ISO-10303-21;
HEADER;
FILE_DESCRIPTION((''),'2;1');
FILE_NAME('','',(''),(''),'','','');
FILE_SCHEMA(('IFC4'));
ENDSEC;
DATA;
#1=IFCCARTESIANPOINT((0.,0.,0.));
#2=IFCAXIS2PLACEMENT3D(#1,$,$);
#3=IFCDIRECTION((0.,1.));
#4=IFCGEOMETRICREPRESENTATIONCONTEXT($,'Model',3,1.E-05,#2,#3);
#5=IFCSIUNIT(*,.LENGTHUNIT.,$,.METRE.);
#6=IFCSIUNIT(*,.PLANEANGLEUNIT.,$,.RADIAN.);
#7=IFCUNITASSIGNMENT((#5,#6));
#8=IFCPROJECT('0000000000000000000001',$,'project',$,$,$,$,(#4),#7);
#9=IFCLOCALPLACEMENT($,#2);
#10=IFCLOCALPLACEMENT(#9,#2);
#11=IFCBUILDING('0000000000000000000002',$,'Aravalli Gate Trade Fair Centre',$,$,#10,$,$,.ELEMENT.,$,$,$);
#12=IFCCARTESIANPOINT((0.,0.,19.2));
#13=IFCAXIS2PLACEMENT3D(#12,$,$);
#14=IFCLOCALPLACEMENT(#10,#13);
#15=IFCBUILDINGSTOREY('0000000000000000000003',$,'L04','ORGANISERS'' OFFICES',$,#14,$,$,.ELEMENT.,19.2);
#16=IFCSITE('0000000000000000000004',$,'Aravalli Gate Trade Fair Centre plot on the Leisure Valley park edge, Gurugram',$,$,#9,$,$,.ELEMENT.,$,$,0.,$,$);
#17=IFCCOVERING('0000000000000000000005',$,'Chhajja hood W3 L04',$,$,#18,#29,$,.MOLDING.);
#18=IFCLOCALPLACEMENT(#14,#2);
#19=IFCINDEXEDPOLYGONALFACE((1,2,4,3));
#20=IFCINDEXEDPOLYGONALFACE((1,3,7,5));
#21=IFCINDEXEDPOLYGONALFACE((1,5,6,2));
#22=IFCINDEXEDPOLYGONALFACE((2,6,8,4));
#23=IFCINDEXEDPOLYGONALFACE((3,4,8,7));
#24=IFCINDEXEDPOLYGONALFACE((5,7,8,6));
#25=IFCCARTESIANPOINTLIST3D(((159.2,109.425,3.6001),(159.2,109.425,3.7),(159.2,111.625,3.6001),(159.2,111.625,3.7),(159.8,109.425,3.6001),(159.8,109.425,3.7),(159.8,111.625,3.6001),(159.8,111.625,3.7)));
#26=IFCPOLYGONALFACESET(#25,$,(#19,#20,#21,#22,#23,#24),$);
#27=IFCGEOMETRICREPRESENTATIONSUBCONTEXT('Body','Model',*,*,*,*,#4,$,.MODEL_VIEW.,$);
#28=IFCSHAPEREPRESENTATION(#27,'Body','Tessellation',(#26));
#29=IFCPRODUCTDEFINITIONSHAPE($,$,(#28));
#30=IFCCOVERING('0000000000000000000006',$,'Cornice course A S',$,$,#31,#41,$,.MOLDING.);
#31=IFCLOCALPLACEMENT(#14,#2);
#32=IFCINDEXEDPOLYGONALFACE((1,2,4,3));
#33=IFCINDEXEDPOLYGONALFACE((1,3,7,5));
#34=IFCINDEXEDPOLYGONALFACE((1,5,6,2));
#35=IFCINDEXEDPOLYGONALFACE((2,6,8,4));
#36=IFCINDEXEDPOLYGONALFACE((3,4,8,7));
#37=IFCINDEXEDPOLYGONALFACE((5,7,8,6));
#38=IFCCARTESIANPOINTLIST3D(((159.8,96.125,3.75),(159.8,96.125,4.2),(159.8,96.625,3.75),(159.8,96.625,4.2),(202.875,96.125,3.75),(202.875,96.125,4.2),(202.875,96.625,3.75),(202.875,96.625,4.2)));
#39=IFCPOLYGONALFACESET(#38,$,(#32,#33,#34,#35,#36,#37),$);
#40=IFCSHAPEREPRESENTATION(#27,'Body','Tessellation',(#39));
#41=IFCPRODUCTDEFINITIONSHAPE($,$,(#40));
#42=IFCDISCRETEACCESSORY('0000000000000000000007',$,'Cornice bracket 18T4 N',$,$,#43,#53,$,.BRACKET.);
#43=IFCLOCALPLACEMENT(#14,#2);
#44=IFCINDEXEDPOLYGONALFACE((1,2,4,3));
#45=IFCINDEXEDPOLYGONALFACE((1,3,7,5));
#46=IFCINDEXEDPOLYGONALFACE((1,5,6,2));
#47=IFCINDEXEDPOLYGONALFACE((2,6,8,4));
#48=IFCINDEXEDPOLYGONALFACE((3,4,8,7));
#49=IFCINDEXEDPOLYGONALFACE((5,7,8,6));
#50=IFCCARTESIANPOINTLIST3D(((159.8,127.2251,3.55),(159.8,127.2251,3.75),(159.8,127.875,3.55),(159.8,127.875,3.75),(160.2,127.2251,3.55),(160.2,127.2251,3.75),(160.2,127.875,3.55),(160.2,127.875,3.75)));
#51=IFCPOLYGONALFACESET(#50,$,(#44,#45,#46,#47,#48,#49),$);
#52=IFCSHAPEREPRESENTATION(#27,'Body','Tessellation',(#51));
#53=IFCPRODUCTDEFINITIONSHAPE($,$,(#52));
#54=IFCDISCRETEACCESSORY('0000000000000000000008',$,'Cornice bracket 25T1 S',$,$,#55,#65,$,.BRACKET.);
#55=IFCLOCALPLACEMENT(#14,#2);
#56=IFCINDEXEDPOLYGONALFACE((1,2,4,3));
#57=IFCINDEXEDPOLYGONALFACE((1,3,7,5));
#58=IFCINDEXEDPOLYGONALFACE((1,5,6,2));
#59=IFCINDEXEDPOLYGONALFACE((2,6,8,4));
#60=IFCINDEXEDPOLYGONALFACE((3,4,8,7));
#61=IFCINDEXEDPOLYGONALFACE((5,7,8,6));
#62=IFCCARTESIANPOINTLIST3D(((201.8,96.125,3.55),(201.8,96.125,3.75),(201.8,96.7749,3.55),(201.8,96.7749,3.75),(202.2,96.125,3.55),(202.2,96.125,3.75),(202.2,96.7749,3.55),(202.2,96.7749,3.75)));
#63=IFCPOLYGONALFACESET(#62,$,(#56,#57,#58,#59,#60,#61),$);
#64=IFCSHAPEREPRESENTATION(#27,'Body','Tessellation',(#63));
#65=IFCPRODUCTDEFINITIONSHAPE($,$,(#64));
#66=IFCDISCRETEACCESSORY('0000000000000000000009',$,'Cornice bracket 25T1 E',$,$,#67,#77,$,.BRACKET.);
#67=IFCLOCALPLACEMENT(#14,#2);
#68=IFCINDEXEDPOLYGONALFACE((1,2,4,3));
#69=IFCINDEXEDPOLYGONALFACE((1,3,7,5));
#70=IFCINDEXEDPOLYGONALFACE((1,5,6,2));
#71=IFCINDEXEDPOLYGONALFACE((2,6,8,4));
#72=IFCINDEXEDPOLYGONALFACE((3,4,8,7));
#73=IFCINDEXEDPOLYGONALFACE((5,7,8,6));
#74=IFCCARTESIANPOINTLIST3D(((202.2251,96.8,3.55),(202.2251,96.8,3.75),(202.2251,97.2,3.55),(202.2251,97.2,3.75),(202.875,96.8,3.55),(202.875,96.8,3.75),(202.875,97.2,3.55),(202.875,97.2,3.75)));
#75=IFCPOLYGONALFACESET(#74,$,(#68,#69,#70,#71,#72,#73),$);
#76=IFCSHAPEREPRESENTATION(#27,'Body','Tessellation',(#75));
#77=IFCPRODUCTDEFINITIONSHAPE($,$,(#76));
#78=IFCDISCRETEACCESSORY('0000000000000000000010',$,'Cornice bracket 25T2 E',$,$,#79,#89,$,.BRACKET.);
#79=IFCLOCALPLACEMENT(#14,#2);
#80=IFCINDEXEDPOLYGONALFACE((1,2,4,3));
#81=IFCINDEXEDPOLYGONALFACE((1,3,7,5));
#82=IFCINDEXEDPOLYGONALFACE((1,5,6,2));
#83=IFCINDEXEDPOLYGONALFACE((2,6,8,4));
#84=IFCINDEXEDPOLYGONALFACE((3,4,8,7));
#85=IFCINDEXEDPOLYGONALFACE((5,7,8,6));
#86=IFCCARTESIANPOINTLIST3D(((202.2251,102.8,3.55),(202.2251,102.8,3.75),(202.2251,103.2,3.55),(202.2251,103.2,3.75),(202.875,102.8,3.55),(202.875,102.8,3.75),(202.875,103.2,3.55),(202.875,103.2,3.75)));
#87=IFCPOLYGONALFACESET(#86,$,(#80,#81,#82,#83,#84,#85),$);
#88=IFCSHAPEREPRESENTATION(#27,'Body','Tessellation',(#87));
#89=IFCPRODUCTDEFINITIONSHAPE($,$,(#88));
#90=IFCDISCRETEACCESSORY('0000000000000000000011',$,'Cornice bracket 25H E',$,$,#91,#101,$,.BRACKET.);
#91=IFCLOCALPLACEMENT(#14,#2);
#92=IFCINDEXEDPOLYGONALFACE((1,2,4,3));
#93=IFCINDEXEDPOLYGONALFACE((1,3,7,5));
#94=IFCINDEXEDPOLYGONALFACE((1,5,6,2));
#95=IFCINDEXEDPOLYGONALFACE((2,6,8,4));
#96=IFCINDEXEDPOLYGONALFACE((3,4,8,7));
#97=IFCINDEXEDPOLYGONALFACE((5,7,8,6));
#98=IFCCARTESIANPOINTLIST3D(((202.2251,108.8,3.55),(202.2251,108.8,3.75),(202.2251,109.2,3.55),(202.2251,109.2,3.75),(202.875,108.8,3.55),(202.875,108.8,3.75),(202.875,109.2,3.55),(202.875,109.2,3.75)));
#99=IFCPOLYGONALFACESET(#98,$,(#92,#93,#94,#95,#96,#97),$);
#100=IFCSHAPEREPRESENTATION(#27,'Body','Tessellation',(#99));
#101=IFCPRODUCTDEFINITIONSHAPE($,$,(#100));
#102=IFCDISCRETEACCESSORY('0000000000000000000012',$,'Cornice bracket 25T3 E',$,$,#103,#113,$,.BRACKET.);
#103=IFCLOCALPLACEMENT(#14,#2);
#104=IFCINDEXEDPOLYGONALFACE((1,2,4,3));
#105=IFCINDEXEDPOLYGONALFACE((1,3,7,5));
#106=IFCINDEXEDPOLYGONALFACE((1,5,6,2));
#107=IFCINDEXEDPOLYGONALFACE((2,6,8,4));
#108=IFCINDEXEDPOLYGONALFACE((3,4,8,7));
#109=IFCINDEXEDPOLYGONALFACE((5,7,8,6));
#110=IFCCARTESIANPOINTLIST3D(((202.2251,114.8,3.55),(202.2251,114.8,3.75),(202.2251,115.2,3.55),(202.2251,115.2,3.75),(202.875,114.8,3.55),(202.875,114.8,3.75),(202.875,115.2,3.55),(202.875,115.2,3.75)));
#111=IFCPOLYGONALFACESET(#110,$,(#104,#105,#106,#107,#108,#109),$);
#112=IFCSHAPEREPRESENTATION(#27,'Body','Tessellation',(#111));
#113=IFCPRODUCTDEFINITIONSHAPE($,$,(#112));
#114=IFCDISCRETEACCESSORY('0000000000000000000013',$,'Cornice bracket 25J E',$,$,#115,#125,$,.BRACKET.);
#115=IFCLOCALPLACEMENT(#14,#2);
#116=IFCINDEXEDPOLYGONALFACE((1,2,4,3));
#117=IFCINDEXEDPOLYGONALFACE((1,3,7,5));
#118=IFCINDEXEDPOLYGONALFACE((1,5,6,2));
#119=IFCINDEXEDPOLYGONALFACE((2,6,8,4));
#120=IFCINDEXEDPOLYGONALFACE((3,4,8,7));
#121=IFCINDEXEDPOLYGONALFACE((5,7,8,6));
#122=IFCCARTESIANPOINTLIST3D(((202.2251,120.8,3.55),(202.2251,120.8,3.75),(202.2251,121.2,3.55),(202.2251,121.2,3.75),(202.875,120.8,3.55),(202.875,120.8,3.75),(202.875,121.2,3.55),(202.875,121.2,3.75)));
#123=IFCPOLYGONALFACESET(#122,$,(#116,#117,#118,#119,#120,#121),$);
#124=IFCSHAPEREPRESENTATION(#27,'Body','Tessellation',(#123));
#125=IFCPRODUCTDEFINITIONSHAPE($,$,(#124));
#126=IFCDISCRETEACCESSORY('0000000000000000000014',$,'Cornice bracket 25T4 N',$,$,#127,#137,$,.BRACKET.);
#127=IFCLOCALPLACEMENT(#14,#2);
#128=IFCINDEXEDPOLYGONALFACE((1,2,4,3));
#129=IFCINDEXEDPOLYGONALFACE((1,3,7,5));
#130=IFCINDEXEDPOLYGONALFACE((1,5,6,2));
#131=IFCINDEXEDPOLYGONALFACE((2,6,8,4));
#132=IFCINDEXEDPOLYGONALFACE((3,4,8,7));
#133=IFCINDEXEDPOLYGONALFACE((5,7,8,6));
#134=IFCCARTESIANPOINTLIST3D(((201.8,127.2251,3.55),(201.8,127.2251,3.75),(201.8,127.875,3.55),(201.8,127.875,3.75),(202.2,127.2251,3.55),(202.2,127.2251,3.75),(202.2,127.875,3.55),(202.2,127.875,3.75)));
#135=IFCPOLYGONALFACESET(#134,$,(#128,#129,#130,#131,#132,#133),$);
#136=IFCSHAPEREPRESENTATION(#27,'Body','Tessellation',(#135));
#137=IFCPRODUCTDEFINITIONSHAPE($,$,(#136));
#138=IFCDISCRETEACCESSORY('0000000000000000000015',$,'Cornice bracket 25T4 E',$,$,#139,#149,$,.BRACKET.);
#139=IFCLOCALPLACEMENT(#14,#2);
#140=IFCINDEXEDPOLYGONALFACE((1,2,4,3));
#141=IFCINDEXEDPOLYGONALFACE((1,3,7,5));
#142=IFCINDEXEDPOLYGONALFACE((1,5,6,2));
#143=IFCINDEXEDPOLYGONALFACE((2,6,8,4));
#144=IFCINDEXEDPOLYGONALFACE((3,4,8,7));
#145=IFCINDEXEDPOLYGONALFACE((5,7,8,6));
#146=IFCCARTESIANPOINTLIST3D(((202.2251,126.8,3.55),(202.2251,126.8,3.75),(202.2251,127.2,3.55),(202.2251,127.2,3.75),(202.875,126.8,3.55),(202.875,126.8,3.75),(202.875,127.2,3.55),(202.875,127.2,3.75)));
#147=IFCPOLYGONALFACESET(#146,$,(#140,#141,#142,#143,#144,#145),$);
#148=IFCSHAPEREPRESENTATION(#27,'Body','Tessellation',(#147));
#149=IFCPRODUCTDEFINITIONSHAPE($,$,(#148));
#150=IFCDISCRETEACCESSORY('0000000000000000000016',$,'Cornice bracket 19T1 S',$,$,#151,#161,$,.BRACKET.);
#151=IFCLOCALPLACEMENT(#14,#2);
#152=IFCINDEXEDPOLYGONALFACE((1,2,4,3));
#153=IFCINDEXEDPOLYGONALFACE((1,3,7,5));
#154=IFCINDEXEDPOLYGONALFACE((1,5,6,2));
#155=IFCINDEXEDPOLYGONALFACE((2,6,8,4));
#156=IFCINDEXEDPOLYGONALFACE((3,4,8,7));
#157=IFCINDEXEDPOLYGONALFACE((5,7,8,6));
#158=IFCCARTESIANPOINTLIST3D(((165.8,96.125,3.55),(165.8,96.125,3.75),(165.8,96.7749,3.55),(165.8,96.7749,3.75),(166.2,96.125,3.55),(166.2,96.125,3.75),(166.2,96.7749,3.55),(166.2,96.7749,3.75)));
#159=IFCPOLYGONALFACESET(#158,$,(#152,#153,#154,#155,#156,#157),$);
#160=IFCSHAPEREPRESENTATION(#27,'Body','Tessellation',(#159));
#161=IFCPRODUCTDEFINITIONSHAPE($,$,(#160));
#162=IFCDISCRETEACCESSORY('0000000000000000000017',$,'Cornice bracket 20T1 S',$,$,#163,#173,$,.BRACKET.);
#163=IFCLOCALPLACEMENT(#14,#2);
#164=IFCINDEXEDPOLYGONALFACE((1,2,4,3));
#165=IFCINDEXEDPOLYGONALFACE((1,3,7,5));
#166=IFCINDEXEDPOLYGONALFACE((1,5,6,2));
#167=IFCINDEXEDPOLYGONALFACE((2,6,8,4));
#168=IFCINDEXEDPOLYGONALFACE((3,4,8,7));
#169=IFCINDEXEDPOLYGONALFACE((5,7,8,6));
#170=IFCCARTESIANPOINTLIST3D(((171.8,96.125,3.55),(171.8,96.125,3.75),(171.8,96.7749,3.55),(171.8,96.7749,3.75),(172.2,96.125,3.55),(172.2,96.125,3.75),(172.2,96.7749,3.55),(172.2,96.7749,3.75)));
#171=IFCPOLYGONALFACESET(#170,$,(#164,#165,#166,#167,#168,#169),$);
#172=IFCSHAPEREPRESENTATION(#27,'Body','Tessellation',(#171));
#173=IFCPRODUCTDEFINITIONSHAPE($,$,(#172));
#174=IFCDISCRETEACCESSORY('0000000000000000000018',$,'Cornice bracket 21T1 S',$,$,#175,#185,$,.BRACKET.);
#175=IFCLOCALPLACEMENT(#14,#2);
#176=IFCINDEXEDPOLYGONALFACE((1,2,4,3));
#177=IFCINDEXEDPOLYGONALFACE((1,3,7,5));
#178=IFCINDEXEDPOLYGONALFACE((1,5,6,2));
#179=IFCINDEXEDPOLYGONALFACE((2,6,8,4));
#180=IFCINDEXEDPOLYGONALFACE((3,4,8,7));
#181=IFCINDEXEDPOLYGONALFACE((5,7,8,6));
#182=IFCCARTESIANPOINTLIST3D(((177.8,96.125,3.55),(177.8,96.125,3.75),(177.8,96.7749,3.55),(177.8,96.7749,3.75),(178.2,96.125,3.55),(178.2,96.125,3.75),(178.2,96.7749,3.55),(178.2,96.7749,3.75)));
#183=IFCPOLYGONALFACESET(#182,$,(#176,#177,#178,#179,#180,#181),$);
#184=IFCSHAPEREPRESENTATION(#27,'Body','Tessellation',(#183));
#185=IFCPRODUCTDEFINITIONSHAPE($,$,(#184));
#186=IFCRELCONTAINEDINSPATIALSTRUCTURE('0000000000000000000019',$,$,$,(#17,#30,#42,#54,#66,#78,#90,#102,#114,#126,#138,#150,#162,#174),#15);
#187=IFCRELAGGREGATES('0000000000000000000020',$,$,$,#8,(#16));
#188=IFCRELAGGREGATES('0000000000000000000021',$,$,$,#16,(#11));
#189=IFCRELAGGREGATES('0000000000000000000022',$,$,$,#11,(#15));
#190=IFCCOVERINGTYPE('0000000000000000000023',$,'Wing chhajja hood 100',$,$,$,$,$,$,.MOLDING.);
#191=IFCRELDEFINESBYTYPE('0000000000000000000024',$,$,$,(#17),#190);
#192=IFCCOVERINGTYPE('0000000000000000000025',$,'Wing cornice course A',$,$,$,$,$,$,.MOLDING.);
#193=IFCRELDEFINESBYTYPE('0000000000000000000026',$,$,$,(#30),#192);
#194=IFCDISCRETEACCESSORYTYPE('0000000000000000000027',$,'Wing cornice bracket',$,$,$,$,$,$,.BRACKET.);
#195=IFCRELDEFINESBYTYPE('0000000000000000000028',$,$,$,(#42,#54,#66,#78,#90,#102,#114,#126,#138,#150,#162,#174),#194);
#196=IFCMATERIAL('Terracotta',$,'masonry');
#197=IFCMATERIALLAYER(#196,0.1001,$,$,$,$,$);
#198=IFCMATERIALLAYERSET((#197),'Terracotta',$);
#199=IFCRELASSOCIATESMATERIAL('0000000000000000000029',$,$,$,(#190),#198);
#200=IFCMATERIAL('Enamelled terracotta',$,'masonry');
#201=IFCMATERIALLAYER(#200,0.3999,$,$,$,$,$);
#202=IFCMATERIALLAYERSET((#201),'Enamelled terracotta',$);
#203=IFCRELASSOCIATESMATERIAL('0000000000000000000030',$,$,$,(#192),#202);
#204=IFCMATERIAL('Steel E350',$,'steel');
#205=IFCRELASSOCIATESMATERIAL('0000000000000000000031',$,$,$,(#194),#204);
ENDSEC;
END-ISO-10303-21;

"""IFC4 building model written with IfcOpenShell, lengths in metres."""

from ifc_helpers import new_model, si_unit, direction, frame, origin, place, context, subcontext, project, spatial, polyline, outline, extrude, material, layer, layer_set, type_object, element, save


model = new_model("IFC4")

# Units and contexts
model_context = context("Model", 3, precision=1e-05, world=origin(), true_north=direction((0.0, 1.0)))
body_context = subcontext(model_context, "Body", "Model", "MODEL_VIEW")
ifc_project = project(units=[si_unit("LENGTHUNIT", "METRE"), si_unit("PLANEANGLEUNIT", "RADIAN")], contexts=[model_context])

# Site, building, storey
site_placement = place(None, origin())
site = spatial("IfcSite", under=ifc_project, at=site_placement, Name="Aravalli Gate Trade Fair Centre plot on the Leisure Valley park edge, Gurugram", CompositionType="ELEMENT", RefElevation=0.0)
building_placement = place(site_placement, origin())
building = spatial("IfcBuilding", under=site, at=building_placement, Name="Aravalli Gate Trade Fair Centre", CompositionType="ELEMENT")
storey_placement = place(building_placement, frame((0.0, 0.0, 19.2)))
storey = spatial("IfcBuildingStorey", under=building, at=storey_placement, Name="L04", Description="ORGANISERS' OFFICES", CompositionType="ELEMENT", Elevation=19.2)

# Coverings
ifc_material_1 = material(Name="Terracotta", Category="masonry")
ifc_layer_1 = layer(ifc_material_1, 0.1001)
ifc_layer_set_1 = layer_set([ifc_layer_1], Name="Terracotta")
covering_type_1 = type_object("IfcCoveringType", Name="Wing chhajja hood 100", PredefinedType="MOLDING", material=ifc_layer_set_1)
covering_1_placement = place(storey_placement, frame((0.0, 0.0, 3.6001)))
element("IfcCovering", 1, at=covering_1_placement, inside=storey, type_object=covering_type_1, Name="Chhajja hood W3 L04", PredefinedType="MOLDING", context=body_context, shape_type="SweptSolid", body=[
    extrude(outline(polyline([(159.2, 109.425), (159.8, 109.425), (159.8, 111.625), (159.2, 111.625), (159.2, 109.425)])), origin(), (0.0, 0.0, 1.0), 0.0999),
])
ifc_material_2 = material(Name="Enamelled terracotta", Category="masonry")
ifc_layer_2 = layer(ifc_material_2, 0.3999)
ifc_layer_set_2 = layer_set([ifc_layer_2], Name="Enamelled terracotta")
covering_type_2 = type_object("IfcCoveringType", Name="Wing cornice course A", PredefinedType="MOLDING", material=ifc_layer_set_2)
covering_2_placement = place(storey_placement, frame((0.0, 0.0, 3.75)))
element("IfcCovering", 2, at=covering_2_placement, inside=storey, type_object=covering_type_2, Name="Cornice course A S", PredefinedType="MOLDING", context=body_context, shape_type="SweptSolid", body=[
    extrude(outline(polyline([(159.8, 96.125), (202.875, 96.125), (202.875, 96.625), (159.8, 96.625), (159.8, 96.125)])), origin(), (0.0, 0.0, 1.0), 0.45),
])

# Discrete accessories
ifc_material_3 = material(Name="Steel E350", Category="steel")
discrete_accessory_type = type_object("IfcDiscreteAccessoryType", Name="Wing cornice bracket", PredefinedType="BRACKET", material=ifc_material_3)
discrete_accessory_1_placement = place(storey_placement, frame((0.0, 0.0, 3.55)))
element("IfcDiscreteAccessory", 3, at=discrete_accessory_1_placement, inside=storey, type_object=discrete_accessory_type, Name="Cornice bracket 18T4 N", PredefinedType="BRACKET", context=body_context, shape_type="SweptSolid", body=[
    extrude(outline(polyline([(159.8, 127.2251), (160.2, 127.2251), (160.2, 127.875), (159.8, 127.875), (159.8, 127.2251)])), origin(), (0.0, 0.0, 1.0), 0.2),
])
discrete_accessory_2_placement = place(storey_placement, frame((0.0, 0.0, 3.55)))
element("IfcDiscreteAccessory", 4, at=discrete_accessory_2_placement, inside=storey, type_object=discrete_accessory_type, Name="Cornice bracket 25T1 S", PredefinedType="BRACKET", context=body_context, shape_type="SweptSolid", body=[
    extrude(outline(polyline([(201.8, 96.125), (202.2, 96.125), (202.2, 96.7749), (201.8, 96.7749), (201.8, 96.125)])), origin(), (0.0, 0.0, 1.0), 0.2),
])
discrete_accessory_3_placement = place(storey_placement, frame((0.0, 0.0, 3.55)))
element("IfcDiscreteAccessory", 5, at=discrete_accessory_3_placement, inside=storey, type_object=discrete_accessory_type, Name="Cornice bracket 25T1 E", PredefinedType="BRACKET", context=body_context, shape_type="SweptSolid", body=[
    extrude(outline(polyline([(202.2251, 96.8), (202.875, 96.8), (202.875, 97.2), (202.2251, 97.2), (202.2251, 96.8)])), origin(), (0.0, 0.0, 1.0), 0.2),
])
discrete_accessory_4_placement = place(storey_placement, frame((0.0, 0.0, 3.55)))
element("IfcDiscreteAccessory", 6, at=discrete_accessory_4_placement, inside=storey, type_object=discrete_accessory_type, Name="Cornice bracket 25T2 E", PredefinedType="BRACKET", context=body_context, shape_type="SweptSolid", body=[
    extrude(outline(polyline([(202.2251, 102.8), (202.875, 102.8), (202.875, 103.2), (202.2251, 103.2), (202.2251, 102.8)])), origin(), (0.0, 0.0, 1.0), 0.2),
])
discrete_accessory_5_placement = place(storey_placement, frame((0.0, 0.0, 3.55)))
element("IfcDiscreteAccessory", 7, at=discrete_accessory_5_placement, inside=storey, type_object=discrete_accessory_type, Name="Cornice bracket 25H E", PredefinedType="BRACKET", context=body_context, shape_type="SweptSolid", body=[
    extrude(outline(polyline([(202.2251, 108.8), (202.875, 108.8), (202.875, 109.2), (202.2251, 109.2), (202.2251, 108.8)])), origin(), (0.0, 0.0, 1.0), 0.2),
])
discrete_accessory_6_placement = place(storey_placement, frame((0.0, 0.0, 3.55)))
element("IfcDiscreteAccessory", 8, at=discrete_accessory_6_placement, inside=storey, type_object=discrete_accessory_type, Name="Cornice bracket 25T3 E", PredefinedType="BRACKET", context=body_context, shape_type="SweptSolid", body=[
    extrude(outline(polyline([(202.2251, 114.8), (202.875, 114.8), (202.875, 115.2), (202.2251, 115.2), (202.2251, 114.8)])), origin(), (0.0, 0.0, 1.0), 0.2),
])
discrete_accessory_7_placement = place(storey_placement, frame((0.0, 0.0, 3.55)))
element("IfcDiscreteAccessory", 9, at=discrete_accessory_7_placement, inside=storey, type_object=discrete_accessory_type, Name="Cornice bracket 25J E", PredefinedType="BRACKET", context=body_context, shape_type="SweptSolid", body=[
    extrude(outline(polyline([(202.2251, 120.8), (202.875, 120.8), (202.875, 121.2), (202.2251, 121.2), (202.2251, 120.8)])), origin(), (0.0, 0.0, 1.0), 0.2),
])
discrete_accessory_8_placement = place(storey_placement, frame((0.0, 0.0, 3.55)))
element("IfcDiscreteAccessory", 10, at=discrete_accessory_8_placement, inside=storey, type_object=discrete_accessory_type, Name="Cornice bracket 25T4 N", PredefinedType="BRACKET", context=body_context, shape_type="SweptSolid", body=[
    extrude(outline(polyline([(201.8, 127.2251), (202.2, 127.2251), (202.2, 127.875), (201.8, 127.875), (201.8, 127.2251)])), origin(), (0.0, 0.0, 1.0), 0.2),
])
discrete_accessory_9_placement = place(storey_placement, frame((0.0, 0.0, 3.55)))
element("IfcDiscreteAccessory", 11, at=discrete_accessory_9_placement, inside=storey, type_object=discrete_accessory_type, Name="Cornice bracket 25T4 E", PredefinedType="BRACKET", context=body_context, shape_type="SweptSolid", body=[
    extrude(outline(polyline([(202.2251, 126.8), (202.875, 126.8), (202.875, 127.2), (202.2251, 127.2), (202.2251, 126.8)])), origin(), (0.0, 0.0, 1.0), 0.2),
])
discrete_accessory_10_placement = place(storey_placement, frame((0.0, 0.0, 3.55)))
element("IfcDiscreteAccessory", 12, at=discrete_accessory_10_placement, inside=storey, type_object=discrete_accessory_type, Name="Cornice bracket 19T1 S", PredefinedType="BRACKET", context=body_context, shape_type="SweptSolid", body=[
    extrude(outline(polyline([(165.8, 96.125), (166.2, 96.125), (166.2, 96.7749), (165.8, 96.7749), (165.8, 96.125)])), origin(), (0.0, 0.0, 1.0), 0.2),
])
discrete_accessory_11_placement = place(storey_placement, frame((0.0, 0.0, 3.55)))
element("IfcDiscreteAccessory", 13, at=discrete_accessory_11_placement, inside=storey, type_object=discrete_accessory_type, Name="Cornice bracket 20T1 S", PredefinedType="BRACKET", context=body_context, shape_type="SweptSolid", body=[
    extrude(outline(polyline([(171.8, 96.125), (172.2, 96.125), (172.2, 96.7749), (171.8, 96.7749), (171.8, 96.125)])), origin(), (0.0, 0.0, 1.0), 0.2),
])
discrete_accessory_12_placement = place(storey_placement, frame((0.0, 0.0, 3.55)))
element("IfcDiscreteAccessory", 14, at=discrete_accessory_12_placement, inside=storey, type_object=discrete_accessory_type, Name="Cornice bracket 21T1 S", PredefinedType="BRACKET", context=body_context, shape_type="SweptSolid", body=[
    extrude(outline(polyline([(177.8, 96.125), (178.2, 96.125), (178.2, 96.7749), (177.8, 96.7749), (177.8, 96.125)])), origin(), (0.0, 0.0, 1.0), 0.2),
])

save(model, "model.ifc")
